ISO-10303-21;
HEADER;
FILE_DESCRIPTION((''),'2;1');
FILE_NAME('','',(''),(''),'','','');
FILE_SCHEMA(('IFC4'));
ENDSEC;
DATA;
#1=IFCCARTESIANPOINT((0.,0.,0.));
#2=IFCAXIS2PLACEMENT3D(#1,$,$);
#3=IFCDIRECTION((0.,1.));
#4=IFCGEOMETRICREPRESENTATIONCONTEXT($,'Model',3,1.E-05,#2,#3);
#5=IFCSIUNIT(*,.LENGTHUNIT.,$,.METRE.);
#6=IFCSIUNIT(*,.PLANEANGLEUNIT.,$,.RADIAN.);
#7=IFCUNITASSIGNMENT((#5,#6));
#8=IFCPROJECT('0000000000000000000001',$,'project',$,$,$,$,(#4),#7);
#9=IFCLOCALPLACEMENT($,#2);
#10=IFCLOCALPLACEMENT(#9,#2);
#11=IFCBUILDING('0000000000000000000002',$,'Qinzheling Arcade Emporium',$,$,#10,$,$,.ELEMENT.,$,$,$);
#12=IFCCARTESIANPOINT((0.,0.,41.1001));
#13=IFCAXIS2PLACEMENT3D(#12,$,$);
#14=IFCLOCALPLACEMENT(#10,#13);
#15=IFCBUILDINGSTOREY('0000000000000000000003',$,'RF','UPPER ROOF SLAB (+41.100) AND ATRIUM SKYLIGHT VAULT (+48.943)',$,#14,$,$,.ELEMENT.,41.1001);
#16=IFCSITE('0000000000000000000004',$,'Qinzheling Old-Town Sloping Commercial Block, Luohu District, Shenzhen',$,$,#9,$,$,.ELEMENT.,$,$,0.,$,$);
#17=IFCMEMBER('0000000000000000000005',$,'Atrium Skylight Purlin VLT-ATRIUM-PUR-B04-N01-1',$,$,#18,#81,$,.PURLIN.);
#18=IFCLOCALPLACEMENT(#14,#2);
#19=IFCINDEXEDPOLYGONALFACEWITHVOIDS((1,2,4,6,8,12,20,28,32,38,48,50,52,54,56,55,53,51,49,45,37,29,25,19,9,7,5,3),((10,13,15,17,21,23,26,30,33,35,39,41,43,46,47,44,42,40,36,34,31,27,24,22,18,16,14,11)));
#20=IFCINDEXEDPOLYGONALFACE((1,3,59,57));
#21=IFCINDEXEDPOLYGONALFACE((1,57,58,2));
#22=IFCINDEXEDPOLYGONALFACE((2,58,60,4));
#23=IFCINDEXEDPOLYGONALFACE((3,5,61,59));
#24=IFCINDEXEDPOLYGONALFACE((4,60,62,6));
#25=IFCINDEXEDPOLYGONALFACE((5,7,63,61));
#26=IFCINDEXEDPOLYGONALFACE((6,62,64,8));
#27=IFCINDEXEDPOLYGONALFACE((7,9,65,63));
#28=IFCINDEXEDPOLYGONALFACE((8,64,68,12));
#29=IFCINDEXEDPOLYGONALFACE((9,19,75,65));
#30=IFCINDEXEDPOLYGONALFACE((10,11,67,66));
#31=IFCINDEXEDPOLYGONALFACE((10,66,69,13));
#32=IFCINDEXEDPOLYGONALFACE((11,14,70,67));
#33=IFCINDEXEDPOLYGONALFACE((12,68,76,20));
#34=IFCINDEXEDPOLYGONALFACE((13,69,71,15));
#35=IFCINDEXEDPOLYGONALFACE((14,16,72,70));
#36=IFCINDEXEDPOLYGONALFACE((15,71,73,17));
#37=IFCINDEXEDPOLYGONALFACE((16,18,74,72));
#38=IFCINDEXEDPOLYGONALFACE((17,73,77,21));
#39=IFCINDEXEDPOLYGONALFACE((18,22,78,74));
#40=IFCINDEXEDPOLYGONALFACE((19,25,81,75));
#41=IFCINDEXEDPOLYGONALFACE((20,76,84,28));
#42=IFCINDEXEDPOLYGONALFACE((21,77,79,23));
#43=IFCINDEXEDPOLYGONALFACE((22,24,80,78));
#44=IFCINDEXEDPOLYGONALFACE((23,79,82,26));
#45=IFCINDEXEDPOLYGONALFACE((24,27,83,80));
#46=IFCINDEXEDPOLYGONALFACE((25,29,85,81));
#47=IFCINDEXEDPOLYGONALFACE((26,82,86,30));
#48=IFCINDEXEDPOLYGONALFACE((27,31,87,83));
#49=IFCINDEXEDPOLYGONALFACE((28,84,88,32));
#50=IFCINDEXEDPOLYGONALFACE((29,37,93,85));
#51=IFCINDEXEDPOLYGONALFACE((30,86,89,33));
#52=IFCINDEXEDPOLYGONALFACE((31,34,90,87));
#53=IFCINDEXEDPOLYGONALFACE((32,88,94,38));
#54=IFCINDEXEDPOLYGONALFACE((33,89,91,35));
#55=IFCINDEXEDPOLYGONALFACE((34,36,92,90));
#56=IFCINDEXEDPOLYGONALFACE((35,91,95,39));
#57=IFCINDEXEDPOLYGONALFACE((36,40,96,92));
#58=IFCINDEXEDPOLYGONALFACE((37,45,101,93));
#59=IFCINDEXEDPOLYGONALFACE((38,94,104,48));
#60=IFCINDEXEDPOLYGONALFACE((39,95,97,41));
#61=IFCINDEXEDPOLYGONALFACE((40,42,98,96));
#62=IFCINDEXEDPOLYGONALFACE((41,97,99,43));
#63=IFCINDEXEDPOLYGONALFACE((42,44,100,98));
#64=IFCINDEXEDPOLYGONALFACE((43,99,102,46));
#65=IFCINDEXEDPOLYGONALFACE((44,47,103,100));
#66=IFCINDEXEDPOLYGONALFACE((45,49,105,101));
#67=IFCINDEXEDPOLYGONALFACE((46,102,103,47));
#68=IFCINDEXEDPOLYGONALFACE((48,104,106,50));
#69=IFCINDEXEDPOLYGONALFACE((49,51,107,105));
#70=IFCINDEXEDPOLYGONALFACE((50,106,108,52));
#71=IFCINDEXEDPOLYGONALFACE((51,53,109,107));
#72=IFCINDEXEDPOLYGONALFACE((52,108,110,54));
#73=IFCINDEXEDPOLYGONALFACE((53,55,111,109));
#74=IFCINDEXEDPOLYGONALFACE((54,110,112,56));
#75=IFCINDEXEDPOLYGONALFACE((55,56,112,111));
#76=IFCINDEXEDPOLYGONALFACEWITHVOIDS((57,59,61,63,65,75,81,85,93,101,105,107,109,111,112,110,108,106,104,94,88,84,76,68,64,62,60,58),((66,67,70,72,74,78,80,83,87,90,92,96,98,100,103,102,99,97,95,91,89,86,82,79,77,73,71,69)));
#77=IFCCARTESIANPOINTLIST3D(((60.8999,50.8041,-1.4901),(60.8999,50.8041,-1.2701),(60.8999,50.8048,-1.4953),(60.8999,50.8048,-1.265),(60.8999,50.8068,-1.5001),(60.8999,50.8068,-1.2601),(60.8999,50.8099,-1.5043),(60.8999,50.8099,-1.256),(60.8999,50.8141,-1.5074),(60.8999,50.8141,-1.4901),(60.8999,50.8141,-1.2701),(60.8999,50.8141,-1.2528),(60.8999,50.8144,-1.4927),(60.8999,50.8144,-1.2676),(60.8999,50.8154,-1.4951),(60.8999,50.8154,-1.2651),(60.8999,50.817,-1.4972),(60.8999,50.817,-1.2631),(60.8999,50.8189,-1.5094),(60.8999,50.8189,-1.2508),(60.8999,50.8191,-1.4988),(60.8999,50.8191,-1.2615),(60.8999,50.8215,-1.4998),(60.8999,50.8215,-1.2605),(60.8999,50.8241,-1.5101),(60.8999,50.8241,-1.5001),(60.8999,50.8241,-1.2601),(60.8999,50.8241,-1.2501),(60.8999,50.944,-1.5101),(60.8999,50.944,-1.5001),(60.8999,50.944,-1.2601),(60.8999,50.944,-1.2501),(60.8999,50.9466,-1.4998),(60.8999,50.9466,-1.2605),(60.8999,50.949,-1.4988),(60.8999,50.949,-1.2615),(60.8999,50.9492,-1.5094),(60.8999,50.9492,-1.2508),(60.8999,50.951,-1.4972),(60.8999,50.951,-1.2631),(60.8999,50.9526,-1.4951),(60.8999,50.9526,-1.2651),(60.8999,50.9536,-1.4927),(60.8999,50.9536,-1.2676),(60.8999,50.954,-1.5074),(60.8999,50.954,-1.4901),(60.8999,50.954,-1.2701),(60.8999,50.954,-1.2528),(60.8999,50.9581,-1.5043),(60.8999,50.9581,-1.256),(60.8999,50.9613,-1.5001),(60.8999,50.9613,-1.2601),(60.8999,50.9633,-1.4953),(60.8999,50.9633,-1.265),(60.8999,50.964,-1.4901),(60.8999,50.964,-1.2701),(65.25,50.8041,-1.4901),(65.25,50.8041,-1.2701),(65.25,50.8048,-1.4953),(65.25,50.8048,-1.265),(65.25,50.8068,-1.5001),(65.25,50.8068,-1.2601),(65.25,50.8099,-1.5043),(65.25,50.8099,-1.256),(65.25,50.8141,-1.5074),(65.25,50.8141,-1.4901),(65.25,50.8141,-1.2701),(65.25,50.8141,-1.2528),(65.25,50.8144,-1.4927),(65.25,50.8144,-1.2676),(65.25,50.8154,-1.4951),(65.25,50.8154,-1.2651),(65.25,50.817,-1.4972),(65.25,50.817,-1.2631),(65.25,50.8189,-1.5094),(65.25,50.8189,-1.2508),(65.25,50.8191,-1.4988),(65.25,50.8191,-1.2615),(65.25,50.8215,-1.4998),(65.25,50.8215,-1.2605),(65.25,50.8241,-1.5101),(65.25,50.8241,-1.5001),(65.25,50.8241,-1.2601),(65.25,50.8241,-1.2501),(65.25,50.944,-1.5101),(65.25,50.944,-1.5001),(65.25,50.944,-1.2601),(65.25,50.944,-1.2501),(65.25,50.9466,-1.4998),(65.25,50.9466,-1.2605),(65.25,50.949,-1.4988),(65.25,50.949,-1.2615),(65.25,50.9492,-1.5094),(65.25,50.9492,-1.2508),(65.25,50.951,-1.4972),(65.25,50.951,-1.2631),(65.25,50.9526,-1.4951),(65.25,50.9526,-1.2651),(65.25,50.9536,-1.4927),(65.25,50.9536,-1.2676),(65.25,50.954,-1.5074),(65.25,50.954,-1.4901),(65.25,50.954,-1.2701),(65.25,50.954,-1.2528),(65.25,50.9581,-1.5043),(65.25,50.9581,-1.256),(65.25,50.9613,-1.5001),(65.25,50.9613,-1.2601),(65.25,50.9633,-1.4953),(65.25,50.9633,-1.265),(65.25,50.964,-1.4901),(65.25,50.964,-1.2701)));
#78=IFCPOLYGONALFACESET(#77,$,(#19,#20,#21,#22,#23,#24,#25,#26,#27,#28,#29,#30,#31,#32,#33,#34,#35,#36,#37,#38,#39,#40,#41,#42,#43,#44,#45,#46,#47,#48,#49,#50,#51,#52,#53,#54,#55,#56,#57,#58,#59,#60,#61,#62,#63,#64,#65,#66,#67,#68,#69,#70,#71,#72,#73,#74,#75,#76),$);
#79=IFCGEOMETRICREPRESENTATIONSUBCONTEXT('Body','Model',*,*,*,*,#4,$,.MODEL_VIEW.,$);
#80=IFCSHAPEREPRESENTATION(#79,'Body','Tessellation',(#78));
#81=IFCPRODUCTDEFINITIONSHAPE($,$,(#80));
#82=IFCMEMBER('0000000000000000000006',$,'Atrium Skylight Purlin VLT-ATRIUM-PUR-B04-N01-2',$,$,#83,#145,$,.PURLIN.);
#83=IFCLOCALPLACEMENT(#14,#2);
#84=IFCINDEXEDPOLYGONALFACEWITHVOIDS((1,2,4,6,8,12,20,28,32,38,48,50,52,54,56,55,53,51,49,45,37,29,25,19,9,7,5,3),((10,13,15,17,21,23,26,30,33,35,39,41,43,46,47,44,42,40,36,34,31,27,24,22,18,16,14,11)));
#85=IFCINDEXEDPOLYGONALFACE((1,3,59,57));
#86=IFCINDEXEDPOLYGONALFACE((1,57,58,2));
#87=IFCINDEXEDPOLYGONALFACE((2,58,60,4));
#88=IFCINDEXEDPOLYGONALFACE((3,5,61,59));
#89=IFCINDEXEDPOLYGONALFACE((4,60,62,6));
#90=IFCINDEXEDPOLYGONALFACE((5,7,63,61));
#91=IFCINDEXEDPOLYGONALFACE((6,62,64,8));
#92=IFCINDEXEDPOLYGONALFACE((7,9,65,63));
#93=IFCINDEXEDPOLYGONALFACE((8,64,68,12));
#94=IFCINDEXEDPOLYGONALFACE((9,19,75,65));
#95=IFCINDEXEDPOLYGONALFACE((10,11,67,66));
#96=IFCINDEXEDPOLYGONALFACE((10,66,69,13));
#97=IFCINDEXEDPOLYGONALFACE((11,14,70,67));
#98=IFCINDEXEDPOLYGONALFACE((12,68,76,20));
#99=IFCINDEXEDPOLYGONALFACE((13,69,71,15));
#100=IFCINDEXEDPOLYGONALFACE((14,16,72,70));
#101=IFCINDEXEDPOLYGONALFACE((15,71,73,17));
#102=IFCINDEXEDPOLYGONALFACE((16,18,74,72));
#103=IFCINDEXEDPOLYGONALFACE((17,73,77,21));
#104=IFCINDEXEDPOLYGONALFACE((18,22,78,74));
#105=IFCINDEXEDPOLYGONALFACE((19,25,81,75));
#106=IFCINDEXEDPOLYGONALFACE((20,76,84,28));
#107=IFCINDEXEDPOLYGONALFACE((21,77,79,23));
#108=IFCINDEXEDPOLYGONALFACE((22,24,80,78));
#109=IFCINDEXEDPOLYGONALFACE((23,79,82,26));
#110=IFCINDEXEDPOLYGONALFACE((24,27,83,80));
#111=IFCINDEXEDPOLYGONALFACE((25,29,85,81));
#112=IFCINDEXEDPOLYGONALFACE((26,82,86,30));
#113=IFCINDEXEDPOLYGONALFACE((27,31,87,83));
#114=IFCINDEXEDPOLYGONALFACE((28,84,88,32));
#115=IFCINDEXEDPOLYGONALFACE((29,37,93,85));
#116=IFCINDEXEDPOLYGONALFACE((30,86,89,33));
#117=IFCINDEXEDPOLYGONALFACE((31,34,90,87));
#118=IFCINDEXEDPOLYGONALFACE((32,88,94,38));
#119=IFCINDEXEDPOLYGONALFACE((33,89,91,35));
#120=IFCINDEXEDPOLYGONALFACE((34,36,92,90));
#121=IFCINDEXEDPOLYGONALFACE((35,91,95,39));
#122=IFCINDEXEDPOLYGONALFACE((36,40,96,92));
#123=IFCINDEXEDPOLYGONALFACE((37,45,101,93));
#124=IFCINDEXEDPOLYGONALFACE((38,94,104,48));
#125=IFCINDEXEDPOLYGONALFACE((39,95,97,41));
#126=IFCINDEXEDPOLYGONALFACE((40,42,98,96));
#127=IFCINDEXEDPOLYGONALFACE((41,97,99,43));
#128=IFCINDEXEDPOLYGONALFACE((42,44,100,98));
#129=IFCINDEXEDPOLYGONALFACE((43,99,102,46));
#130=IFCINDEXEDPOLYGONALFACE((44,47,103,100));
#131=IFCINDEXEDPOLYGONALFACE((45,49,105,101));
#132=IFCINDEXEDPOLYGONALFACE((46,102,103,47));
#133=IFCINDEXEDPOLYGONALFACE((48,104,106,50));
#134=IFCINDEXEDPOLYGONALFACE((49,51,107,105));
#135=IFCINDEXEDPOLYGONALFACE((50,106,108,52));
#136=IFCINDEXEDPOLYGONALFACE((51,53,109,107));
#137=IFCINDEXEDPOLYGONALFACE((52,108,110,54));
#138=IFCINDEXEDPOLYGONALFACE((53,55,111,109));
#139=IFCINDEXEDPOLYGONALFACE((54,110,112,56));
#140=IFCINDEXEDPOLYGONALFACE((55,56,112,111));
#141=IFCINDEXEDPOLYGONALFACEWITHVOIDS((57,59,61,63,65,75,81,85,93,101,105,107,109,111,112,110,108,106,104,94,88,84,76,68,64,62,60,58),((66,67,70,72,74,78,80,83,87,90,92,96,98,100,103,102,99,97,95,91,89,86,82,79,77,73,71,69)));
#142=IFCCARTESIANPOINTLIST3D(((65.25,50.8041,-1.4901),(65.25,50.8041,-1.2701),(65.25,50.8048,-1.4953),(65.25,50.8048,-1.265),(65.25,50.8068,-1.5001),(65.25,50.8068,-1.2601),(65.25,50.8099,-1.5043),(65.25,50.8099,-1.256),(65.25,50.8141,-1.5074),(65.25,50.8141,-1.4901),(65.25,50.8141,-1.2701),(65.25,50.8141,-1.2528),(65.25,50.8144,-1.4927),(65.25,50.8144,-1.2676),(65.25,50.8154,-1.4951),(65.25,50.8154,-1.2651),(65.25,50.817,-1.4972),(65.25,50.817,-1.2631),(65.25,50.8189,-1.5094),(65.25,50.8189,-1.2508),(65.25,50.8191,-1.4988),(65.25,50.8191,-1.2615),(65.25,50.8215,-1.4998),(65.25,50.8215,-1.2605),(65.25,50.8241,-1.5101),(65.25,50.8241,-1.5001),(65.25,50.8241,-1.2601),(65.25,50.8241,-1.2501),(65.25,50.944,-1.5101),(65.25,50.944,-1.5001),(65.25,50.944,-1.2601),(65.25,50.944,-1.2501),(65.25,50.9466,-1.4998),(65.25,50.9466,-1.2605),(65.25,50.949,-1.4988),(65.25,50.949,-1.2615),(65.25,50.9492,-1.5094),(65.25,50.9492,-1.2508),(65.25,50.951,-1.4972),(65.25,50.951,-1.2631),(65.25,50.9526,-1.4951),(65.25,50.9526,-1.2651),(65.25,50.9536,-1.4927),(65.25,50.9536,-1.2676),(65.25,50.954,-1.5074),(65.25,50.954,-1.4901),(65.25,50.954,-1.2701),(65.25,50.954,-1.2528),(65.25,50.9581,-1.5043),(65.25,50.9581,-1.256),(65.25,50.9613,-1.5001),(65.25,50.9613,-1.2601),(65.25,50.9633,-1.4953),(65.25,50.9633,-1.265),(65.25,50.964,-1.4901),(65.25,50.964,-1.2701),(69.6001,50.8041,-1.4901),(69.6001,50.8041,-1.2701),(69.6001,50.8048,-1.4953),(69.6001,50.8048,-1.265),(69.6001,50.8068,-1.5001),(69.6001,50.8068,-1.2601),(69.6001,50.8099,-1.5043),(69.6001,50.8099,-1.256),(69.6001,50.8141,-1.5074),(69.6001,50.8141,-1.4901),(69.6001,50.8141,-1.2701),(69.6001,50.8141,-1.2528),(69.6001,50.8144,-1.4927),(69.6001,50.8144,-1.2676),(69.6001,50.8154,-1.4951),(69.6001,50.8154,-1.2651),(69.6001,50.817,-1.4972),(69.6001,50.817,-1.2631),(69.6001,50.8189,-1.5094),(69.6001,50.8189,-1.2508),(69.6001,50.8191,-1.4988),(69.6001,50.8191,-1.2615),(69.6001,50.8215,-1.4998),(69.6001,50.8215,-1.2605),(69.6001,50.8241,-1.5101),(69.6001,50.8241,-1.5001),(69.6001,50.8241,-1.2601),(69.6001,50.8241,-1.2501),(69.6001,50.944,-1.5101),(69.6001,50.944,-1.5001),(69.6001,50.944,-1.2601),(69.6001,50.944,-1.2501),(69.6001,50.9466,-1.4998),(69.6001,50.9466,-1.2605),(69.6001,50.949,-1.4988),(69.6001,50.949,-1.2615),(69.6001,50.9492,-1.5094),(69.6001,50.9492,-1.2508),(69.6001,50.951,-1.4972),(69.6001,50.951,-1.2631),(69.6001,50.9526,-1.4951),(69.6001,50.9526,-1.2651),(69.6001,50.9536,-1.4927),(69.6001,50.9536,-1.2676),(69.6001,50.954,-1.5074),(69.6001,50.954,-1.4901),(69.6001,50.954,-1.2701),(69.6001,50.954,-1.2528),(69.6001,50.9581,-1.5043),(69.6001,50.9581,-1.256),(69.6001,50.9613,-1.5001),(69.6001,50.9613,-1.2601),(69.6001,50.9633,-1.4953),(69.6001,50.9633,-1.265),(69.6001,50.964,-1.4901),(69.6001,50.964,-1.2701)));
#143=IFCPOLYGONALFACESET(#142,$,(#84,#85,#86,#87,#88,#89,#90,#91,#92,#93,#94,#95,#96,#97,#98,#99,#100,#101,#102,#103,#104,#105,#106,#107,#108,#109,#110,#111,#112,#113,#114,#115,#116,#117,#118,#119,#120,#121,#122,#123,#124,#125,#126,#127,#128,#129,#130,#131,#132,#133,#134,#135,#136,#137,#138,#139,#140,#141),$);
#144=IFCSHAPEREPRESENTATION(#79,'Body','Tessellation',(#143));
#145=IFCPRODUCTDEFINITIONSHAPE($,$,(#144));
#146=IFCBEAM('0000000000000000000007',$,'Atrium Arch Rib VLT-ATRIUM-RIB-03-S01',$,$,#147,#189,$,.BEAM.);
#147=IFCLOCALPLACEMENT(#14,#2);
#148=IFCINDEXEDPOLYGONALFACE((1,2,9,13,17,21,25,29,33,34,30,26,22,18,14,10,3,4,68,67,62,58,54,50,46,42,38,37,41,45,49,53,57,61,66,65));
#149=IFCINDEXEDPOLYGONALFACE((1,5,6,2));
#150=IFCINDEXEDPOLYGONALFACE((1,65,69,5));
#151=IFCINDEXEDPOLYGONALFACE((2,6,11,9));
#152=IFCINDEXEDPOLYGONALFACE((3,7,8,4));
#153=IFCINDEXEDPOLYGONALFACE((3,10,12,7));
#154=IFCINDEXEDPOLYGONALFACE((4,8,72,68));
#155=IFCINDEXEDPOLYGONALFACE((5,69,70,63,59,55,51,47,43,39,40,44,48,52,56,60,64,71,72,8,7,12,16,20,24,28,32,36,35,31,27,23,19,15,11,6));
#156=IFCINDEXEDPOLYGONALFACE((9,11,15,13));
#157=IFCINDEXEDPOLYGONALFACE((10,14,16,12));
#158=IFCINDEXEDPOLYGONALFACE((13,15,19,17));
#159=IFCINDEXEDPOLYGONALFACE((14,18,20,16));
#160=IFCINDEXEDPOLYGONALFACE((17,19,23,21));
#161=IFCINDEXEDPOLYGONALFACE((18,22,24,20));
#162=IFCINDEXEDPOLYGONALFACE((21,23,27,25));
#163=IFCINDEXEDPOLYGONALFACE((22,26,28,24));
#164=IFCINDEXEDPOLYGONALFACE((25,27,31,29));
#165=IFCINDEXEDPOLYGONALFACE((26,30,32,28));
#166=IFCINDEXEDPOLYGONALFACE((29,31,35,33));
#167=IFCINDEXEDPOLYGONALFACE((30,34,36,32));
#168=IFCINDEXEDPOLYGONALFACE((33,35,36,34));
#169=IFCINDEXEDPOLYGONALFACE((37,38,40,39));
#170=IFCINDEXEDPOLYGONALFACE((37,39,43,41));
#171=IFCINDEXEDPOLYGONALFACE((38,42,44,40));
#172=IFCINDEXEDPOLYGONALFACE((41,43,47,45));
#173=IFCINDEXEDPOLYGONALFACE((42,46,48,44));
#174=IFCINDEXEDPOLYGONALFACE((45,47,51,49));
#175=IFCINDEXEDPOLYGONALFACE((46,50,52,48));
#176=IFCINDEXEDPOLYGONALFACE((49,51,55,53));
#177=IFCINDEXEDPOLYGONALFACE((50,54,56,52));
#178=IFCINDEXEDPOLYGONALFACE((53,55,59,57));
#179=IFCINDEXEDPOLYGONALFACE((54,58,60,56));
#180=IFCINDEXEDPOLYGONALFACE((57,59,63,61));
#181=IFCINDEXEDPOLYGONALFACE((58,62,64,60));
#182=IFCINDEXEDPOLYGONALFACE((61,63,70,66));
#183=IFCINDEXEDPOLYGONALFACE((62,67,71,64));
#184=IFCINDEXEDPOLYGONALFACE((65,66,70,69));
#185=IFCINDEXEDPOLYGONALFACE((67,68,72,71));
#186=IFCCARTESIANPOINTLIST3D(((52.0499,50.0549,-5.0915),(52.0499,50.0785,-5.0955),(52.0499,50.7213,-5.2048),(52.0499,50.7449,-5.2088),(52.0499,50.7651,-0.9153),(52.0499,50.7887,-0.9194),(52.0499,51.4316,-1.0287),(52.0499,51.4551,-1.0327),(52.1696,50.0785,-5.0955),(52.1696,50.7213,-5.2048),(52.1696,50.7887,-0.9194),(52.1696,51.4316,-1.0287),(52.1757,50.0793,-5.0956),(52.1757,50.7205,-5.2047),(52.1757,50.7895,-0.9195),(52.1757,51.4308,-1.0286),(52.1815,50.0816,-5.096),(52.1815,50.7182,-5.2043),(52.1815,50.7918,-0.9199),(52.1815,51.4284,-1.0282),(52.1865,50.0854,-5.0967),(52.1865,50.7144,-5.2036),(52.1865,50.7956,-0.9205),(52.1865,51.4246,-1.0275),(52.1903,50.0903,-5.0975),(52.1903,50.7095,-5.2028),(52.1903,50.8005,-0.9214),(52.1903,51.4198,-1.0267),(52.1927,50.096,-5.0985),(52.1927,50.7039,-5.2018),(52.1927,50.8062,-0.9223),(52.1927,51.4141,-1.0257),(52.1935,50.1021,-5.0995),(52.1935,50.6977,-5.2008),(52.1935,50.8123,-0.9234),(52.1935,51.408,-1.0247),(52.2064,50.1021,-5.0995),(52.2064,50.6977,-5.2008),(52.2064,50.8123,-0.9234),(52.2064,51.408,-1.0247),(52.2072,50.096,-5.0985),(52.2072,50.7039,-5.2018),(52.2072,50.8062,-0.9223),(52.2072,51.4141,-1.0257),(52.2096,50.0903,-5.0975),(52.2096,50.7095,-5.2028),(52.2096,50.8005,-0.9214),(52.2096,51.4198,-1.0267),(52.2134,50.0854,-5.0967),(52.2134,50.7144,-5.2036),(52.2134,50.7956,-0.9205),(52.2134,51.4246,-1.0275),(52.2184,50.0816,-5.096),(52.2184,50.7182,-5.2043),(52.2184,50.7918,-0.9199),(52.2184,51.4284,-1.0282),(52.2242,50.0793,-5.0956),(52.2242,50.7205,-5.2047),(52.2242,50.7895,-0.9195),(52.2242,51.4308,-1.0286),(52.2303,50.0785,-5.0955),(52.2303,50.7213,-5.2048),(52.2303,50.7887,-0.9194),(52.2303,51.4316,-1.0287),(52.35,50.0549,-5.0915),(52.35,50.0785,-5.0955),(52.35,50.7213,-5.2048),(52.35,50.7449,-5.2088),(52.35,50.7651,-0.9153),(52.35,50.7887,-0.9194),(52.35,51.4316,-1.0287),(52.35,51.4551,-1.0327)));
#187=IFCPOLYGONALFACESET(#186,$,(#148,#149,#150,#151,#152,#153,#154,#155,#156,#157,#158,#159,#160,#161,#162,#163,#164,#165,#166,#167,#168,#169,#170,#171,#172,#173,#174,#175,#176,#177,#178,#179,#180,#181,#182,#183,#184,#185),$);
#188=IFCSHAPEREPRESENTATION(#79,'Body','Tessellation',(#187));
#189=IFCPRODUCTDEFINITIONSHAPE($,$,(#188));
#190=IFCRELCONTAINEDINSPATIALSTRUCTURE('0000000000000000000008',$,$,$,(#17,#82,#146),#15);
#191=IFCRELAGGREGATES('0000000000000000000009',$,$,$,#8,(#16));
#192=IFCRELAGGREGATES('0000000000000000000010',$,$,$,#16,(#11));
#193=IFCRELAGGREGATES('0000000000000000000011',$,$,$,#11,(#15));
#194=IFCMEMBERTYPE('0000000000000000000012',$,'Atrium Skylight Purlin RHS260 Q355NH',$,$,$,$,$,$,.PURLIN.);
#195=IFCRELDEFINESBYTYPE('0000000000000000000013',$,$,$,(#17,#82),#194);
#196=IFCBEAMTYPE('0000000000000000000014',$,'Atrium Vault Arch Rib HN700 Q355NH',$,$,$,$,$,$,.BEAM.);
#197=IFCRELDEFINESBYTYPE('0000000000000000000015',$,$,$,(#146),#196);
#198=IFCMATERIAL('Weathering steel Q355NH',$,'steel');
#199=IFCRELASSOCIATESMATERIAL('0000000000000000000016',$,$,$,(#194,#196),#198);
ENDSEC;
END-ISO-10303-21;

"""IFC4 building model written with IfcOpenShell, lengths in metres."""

from ifc_helpers import new_model, si_unit, direction, frame, origin, origin_2d, place, context, subcontext, project, spatial, hollow_rectangle, i_section, extrude, material, material_profile, profile_set, type_object, element, save


model = new_model("IFC4")

# Units and contexts
model_context = context("Model", 3, precision=1e-05, world=origin(), true_north=direction((0.0, 1.0)))
body_context = subcontext(model_context, "Body", "Model", "MODEL_VIEW")
ifc_project = project(units=[si_unit("LENGTHUNIT", "METRE"), si_unit("PLANEANGLEUNIT", "RADIAN")], contexts=[model_context])

# Site, building, storey
site_placement = place(None, origin())
site = spatial("IfcSite", under=ifc_project, at=site_placement, Name="Qinzheling Old-Town Sloping Commercial Block, Luohu District, Shenzhen", CompositionType="ELEMENT", RefElevation=0.0)
building_placement = place(site_placement, origin())
building = spatial("IfcBuilding", under=site, at=building_placement, Name="Qinzheling Arcade Emporium", CompositionType="ELEMENT")
storey_placement = place(building_placement, frame((0.0, 0.0, 41.1001)))
storey = spatial("IfcBuildingStorey", under=building, at=storey_placement, Name="RF", Description="UPPER ROOF SLAB (+41.100) AND ATRIUM SKYLIGHT VAULT (+48.943)", CompositionType="ELEMENT", Elevation=41.1001)

# Shared definitions
ifc_material_1 = material(Name="Weathering steel Q355NH", Category="steel")

# Members
ifc_material_profile_1 = material_profile(ifc_material_1, hollow_rectangle(XDim=0.1599, YDim=0.26, WallThickness=0.01, InnerFilletRadius=0.01, OuterFilletRadius=0.02, at=origin_2d()), Name="RHS 260x160x10", Category="steel")
ifc_profile_set_1 = profile_set([ifc_material_profile_1], Name="Weathering steel Q355NH")
member_type_1 = type_object("IfcMemberType", Name="Atrium Skylight Purlin RHS260 Q355NH", PredefinedType="PURLIN", material=ifc_profile_set_1)
for number, where, z_axis, x_axis, name in (
    (1, (60.8999, 50.884, -1.3801), (1.0, 0.0, 0.0), (0.0, 1.0, 0.0), "Atrium Skylight Purlin VLT-ATRIUM-PUR-B04-N01-1"),
    (2, (65.25, 50.884, -1.3801), (1.0, 0.0, 0.0), (0.0, 1.0, 0.0), "Atrium Skylight Purlin VLT-ATRIUM-PUR-B04-N01-2"),
):
    element("IfcMember", number, at=place(storey_placement, frame(where, z_axis=z_axis, x_axis=x_axis)), inside=storey, type_object=member_type_1, Name=name, PredefinedType="PURLIN", context=body_context, shape_type="SweptSolid", body=[
        extrude(hollow_rectangle(XDim=0.1599, YDim=0.26, WallThickness=0.01, InnerFilletRadius=0.01, OuterFilletRadius=0.02, at=origin_2d()), origin(), (0.0, 0.0, 1.0), 4.3501),
    ])

# Beam
ifc_material_profile_2 = material_profile(ifc_material_1, i_section(OverallWidth=0.3, OverallDepth=0.7, WebThickness=0.0129, FlangeThickness=0.0239, FilletRadius=0.0239, at=origin_2d()), Name="HN 700x300x13x24", Category="steel")
ifc_profile_set_2 = profile_set([ifc_material_profile_2], Name="Weathering steel Q355NH")
beam_type_1 = type_object("IfcBeamType", Name="Atrium Vault Arch Rib HN700 Q355NH", PredefinedType="BEAM", material=ifc_profile_set_2)
beam_1_placement = place(storey_placement, frame((52.2, 50.3999, -5.1501), z_axis=(0.0, 0.16766, 0.985845), x_axis=(-1.0, 0.0, 0.0)))
element("IfcBeam", 3, at=beam_1_placement, inside=storey, type_object=beam_type_1, Name="Atrium Arch Rib VLT-ATRIUM-RIB-03-S01", PredefinedType="BEAM", context=body_context, shape_type="SweptSolid", body=[
    extrude(i_section(OverallWidth=0.3, OverallDepth=0.7, WebThickness=0.0129, FlangeThickness=0.0239, FilletRadius=0.0239, at=origin_2d()), origin(), (0.0, 0.0, 1.0), 4.2361),
])

save(model, "model.ifc")
